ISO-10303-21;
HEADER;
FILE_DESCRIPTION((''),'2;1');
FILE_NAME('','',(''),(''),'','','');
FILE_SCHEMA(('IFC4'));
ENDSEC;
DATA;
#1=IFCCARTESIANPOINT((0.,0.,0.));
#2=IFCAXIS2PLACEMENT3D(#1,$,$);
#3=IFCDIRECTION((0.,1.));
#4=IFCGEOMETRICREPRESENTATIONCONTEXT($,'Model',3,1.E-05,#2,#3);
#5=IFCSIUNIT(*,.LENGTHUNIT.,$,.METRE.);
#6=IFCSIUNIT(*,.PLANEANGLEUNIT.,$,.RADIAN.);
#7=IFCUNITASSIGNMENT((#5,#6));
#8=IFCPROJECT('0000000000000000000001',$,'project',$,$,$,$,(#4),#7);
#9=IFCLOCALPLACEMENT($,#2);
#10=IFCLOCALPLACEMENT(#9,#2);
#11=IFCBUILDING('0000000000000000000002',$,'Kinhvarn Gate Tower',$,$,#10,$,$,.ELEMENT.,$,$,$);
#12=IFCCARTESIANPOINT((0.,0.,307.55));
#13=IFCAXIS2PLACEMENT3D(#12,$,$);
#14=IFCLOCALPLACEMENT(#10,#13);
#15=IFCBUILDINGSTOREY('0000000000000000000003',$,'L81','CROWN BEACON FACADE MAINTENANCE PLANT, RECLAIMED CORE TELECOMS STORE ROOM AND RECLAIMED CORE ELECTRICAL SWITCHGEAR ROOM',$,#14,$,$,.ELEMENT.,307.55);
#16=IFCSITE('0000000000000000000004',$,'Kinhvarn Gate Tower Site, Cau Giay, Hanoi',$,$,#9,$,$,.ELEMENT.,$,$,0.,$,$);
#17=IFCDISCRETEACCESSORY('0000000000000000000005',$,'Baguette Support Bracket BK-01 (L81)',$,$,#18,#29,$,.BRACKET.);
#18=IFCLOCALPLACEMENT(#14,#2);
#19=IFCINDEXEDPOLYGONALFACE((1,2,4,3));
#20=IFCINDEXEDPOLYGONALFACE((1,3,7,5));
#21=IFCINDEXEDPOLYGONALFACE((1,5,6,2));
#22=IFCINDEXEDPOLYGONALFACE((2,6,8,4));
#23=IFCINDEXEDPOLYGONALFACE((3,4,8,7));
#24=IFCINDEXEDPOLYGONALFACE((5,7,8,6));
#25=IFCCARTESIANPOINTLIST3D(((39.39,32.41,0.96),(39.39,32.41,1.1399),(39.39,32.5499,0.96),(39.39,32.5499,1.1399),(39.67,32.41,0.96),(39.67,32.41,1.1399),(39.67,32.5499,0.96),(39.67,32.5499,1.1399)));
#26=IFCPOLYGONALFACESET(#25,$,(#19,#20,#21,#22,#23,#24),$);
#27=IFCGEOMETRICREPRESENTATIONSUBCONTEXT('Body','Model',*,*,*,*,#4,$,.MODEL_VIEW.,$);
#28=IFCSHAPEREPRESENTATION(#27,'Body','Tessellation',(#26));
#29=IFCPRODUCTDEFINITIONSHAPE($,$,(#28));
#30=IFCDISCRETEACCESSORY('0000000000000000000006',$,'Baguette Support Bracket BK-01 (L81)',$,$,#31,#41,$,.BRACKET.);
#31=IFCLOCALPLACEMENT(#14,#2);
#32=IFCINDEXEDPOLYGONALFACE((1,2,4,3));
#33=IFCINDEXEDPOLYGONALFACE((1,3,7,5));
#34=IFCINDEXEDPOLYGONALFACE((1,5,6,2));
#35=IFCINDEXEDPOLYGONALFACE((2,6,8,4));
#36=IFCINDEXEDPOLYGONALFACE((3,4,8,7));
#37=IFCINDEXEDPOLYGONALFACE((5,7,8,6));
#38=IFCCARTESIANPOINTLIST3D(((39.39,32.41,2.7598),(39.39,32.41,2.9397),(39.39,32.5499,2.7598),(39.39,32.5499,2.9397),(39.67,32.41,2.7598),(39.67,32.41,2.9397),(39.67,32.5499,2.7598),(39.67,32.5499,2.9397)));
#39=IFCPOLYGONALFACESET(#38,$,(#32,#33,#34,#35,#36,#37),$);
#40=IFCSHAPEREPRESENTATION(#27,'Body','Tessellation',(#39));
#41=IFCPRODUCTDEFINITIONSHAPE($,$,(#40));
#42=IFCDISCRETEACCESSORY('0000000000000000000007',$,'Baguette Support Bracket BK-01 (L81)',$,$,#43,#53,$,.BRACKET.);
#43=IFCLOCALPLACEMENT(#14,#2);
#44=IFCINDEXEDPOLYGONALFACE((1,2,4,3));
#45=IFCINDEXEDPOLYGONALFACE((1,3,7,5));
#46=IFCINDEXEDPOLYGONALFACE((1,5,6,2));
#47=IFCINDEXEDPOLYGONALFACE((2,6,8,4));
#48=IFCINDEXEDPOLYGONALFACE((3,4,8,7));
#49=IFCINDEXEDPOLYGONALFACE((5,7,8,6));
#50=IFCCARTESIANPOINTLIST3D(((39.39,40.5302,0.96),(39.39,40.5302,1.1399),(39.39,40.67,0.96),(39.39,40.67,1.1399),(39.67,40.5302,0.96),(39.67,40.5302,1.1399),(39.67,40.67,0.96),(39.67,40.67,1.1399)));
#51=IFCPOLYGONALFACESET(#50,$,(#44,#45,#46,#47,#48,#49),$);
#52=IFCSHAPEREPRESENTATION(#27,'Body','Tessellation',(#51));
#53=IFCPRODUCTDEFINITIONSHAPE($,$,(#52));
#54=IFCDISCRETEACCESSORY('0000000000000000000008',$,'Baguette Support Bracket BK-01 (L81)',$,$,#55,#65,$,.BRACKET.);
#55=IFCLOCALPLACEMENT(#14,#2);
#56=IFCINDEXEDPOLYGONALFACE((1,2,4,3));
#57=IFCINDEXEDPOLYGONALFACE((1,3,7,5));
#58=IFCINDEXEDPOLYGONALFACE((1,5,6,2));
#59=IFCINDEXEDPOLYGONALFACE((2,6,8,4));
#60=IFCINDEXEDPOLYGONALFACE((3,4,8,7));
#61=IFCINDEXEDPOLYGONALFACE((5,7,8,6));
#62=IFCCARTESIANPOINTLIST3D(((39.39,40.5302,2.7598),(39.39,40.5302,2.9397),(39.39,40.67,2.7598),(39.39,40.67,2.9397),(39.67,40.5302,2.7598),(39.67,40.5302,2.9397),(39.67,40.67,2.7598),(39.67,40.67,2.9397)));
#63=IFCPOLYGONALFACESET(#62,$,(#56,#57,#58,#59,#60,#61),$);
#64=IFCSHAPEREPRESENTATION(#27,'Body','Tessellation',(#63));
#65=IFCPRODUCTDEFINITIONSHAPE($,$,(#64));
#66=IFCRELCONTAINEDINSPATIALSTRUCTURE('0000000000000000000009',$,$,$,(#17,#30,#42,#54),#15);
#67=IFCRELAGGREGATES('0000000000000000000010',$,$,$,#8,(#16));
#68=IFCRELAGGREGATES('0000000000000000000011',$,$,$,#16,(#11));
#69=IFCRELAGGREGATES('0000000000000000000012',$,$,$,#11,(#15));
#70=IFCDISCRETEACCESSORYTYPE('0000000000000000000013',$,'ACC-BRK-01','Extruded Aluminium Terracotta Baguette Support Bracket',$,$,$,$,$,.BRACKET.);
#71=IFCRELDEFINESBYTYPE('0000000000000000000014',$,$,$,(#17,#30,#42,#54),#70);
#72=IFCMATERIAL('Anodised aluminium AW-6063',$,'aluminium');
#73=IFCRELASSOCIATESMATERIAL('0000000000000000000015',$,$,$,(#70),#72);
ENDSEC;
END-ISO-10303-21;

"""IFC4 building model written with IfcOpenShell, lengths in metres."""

from ifc_helpers import new_model, si_unit, direction, frame, origin, origin_2d, place, context, subcontext, project, spatial, rectangle, extrude, material, type_object, element, save


model = new_model("IFC4")

# Units and contexts
model_context = context("Model", 3, precision=1e-05, world=origin(), true_north=direction((0.0, 1.0)))
body_context = subcontext(model_context, "Body", "Model", "MODEL_VIEW")
ifc_project = project(units=[si_unit("LENGTHUNIT", "METRE"), si_unit("PLANEANGLEUNIT", "RADIAN")], contexts=[model_context])

# Site, building, storey
site_placement = place(None, origin())
site = spatial("IfcSite", under=ifc_project, at=site_placement, Name="Kinhvarn Gate Tower Site, Cau Giay, Hanoi", CompositionType="ELEMENT", RefElevation=0.0)
building_placement = place(site_placement, origin())
building = spatial("IfcBuilding", under=site, at=building_placement, Name="Kinhvarn Gate Tower", CompositionType="ELEMENT")
storey_placement = place(building_placement, frame((0.0, 0.0, 307.55)))
storey = spatial("IfcBuildingStorey", under=building, at=storey_placement, Name="L81", Description="CROWN BEACON FACADE MAINTENANCE PLANT, RECLAIMED CORE TELECOMS STORE ROOM AND RECLAIMED CORE ELECTRICAL SWITCHGEAR ROOM", CompositionType="ELEMENT", Elevation=307.55)

# Shared definitions
ifc_material_1 = material(Name="Anodised aluminium AW-6063", Category="aluminium")

# Discrete accessories
discrete_accessory_type = type_object("IfcDiscreteAccessoryType", Name="ACC-BRK-01", Description="Extruded Aluminium Terracotta Baguette Support Bracket", PredefinedType="BRACKET", material=ifc_material_1)
for number, where, z_axis, x_axis, name in (
    (1, (39.53, 32.48, 0.96), (0.0, 0.0, 1.0), (0.0, 1.0, 0.0), "Baguette Support Bracket BK-01 (L81)"),
    (2, (39.53, 32.48, 2.7598), (0.0, 0.0, 1.0), (0.0, 1.0, 0.0), "Baguette Support Bracket BK-01 (L81)"),
    (3, (39.53, 40.6001, 0.96), (0.0, 0.0, 1.0), (0.0, 1.0, 0.0), "Baguette Support Bracket BK-01 (L81)"),
    (4, (39.53, 40.6001, 2.7598), (0.0, 0.0, 1.0), (0.0, 1.0, 0.0), "Baguette Support Bracket BK-01 (L81)"),
):
    element("IfcDiscreteAccessory", number, at=place(storey_placement, frame(where, z_axis=z_axis, x_axis=x_axis)), inside=storey, type_object=discrete_accessory_type, Name=name, PredefinedType="BRACKET", context=body_context, shape_type="SweptSolid", body=[
        extrude(rectangle(XDim=0.1399, YDim=0.28, at=origin_2d()), origin(), (0.0, 0.0, 1.0), 0.1799),
    ])

save(model, "model.ifc")
